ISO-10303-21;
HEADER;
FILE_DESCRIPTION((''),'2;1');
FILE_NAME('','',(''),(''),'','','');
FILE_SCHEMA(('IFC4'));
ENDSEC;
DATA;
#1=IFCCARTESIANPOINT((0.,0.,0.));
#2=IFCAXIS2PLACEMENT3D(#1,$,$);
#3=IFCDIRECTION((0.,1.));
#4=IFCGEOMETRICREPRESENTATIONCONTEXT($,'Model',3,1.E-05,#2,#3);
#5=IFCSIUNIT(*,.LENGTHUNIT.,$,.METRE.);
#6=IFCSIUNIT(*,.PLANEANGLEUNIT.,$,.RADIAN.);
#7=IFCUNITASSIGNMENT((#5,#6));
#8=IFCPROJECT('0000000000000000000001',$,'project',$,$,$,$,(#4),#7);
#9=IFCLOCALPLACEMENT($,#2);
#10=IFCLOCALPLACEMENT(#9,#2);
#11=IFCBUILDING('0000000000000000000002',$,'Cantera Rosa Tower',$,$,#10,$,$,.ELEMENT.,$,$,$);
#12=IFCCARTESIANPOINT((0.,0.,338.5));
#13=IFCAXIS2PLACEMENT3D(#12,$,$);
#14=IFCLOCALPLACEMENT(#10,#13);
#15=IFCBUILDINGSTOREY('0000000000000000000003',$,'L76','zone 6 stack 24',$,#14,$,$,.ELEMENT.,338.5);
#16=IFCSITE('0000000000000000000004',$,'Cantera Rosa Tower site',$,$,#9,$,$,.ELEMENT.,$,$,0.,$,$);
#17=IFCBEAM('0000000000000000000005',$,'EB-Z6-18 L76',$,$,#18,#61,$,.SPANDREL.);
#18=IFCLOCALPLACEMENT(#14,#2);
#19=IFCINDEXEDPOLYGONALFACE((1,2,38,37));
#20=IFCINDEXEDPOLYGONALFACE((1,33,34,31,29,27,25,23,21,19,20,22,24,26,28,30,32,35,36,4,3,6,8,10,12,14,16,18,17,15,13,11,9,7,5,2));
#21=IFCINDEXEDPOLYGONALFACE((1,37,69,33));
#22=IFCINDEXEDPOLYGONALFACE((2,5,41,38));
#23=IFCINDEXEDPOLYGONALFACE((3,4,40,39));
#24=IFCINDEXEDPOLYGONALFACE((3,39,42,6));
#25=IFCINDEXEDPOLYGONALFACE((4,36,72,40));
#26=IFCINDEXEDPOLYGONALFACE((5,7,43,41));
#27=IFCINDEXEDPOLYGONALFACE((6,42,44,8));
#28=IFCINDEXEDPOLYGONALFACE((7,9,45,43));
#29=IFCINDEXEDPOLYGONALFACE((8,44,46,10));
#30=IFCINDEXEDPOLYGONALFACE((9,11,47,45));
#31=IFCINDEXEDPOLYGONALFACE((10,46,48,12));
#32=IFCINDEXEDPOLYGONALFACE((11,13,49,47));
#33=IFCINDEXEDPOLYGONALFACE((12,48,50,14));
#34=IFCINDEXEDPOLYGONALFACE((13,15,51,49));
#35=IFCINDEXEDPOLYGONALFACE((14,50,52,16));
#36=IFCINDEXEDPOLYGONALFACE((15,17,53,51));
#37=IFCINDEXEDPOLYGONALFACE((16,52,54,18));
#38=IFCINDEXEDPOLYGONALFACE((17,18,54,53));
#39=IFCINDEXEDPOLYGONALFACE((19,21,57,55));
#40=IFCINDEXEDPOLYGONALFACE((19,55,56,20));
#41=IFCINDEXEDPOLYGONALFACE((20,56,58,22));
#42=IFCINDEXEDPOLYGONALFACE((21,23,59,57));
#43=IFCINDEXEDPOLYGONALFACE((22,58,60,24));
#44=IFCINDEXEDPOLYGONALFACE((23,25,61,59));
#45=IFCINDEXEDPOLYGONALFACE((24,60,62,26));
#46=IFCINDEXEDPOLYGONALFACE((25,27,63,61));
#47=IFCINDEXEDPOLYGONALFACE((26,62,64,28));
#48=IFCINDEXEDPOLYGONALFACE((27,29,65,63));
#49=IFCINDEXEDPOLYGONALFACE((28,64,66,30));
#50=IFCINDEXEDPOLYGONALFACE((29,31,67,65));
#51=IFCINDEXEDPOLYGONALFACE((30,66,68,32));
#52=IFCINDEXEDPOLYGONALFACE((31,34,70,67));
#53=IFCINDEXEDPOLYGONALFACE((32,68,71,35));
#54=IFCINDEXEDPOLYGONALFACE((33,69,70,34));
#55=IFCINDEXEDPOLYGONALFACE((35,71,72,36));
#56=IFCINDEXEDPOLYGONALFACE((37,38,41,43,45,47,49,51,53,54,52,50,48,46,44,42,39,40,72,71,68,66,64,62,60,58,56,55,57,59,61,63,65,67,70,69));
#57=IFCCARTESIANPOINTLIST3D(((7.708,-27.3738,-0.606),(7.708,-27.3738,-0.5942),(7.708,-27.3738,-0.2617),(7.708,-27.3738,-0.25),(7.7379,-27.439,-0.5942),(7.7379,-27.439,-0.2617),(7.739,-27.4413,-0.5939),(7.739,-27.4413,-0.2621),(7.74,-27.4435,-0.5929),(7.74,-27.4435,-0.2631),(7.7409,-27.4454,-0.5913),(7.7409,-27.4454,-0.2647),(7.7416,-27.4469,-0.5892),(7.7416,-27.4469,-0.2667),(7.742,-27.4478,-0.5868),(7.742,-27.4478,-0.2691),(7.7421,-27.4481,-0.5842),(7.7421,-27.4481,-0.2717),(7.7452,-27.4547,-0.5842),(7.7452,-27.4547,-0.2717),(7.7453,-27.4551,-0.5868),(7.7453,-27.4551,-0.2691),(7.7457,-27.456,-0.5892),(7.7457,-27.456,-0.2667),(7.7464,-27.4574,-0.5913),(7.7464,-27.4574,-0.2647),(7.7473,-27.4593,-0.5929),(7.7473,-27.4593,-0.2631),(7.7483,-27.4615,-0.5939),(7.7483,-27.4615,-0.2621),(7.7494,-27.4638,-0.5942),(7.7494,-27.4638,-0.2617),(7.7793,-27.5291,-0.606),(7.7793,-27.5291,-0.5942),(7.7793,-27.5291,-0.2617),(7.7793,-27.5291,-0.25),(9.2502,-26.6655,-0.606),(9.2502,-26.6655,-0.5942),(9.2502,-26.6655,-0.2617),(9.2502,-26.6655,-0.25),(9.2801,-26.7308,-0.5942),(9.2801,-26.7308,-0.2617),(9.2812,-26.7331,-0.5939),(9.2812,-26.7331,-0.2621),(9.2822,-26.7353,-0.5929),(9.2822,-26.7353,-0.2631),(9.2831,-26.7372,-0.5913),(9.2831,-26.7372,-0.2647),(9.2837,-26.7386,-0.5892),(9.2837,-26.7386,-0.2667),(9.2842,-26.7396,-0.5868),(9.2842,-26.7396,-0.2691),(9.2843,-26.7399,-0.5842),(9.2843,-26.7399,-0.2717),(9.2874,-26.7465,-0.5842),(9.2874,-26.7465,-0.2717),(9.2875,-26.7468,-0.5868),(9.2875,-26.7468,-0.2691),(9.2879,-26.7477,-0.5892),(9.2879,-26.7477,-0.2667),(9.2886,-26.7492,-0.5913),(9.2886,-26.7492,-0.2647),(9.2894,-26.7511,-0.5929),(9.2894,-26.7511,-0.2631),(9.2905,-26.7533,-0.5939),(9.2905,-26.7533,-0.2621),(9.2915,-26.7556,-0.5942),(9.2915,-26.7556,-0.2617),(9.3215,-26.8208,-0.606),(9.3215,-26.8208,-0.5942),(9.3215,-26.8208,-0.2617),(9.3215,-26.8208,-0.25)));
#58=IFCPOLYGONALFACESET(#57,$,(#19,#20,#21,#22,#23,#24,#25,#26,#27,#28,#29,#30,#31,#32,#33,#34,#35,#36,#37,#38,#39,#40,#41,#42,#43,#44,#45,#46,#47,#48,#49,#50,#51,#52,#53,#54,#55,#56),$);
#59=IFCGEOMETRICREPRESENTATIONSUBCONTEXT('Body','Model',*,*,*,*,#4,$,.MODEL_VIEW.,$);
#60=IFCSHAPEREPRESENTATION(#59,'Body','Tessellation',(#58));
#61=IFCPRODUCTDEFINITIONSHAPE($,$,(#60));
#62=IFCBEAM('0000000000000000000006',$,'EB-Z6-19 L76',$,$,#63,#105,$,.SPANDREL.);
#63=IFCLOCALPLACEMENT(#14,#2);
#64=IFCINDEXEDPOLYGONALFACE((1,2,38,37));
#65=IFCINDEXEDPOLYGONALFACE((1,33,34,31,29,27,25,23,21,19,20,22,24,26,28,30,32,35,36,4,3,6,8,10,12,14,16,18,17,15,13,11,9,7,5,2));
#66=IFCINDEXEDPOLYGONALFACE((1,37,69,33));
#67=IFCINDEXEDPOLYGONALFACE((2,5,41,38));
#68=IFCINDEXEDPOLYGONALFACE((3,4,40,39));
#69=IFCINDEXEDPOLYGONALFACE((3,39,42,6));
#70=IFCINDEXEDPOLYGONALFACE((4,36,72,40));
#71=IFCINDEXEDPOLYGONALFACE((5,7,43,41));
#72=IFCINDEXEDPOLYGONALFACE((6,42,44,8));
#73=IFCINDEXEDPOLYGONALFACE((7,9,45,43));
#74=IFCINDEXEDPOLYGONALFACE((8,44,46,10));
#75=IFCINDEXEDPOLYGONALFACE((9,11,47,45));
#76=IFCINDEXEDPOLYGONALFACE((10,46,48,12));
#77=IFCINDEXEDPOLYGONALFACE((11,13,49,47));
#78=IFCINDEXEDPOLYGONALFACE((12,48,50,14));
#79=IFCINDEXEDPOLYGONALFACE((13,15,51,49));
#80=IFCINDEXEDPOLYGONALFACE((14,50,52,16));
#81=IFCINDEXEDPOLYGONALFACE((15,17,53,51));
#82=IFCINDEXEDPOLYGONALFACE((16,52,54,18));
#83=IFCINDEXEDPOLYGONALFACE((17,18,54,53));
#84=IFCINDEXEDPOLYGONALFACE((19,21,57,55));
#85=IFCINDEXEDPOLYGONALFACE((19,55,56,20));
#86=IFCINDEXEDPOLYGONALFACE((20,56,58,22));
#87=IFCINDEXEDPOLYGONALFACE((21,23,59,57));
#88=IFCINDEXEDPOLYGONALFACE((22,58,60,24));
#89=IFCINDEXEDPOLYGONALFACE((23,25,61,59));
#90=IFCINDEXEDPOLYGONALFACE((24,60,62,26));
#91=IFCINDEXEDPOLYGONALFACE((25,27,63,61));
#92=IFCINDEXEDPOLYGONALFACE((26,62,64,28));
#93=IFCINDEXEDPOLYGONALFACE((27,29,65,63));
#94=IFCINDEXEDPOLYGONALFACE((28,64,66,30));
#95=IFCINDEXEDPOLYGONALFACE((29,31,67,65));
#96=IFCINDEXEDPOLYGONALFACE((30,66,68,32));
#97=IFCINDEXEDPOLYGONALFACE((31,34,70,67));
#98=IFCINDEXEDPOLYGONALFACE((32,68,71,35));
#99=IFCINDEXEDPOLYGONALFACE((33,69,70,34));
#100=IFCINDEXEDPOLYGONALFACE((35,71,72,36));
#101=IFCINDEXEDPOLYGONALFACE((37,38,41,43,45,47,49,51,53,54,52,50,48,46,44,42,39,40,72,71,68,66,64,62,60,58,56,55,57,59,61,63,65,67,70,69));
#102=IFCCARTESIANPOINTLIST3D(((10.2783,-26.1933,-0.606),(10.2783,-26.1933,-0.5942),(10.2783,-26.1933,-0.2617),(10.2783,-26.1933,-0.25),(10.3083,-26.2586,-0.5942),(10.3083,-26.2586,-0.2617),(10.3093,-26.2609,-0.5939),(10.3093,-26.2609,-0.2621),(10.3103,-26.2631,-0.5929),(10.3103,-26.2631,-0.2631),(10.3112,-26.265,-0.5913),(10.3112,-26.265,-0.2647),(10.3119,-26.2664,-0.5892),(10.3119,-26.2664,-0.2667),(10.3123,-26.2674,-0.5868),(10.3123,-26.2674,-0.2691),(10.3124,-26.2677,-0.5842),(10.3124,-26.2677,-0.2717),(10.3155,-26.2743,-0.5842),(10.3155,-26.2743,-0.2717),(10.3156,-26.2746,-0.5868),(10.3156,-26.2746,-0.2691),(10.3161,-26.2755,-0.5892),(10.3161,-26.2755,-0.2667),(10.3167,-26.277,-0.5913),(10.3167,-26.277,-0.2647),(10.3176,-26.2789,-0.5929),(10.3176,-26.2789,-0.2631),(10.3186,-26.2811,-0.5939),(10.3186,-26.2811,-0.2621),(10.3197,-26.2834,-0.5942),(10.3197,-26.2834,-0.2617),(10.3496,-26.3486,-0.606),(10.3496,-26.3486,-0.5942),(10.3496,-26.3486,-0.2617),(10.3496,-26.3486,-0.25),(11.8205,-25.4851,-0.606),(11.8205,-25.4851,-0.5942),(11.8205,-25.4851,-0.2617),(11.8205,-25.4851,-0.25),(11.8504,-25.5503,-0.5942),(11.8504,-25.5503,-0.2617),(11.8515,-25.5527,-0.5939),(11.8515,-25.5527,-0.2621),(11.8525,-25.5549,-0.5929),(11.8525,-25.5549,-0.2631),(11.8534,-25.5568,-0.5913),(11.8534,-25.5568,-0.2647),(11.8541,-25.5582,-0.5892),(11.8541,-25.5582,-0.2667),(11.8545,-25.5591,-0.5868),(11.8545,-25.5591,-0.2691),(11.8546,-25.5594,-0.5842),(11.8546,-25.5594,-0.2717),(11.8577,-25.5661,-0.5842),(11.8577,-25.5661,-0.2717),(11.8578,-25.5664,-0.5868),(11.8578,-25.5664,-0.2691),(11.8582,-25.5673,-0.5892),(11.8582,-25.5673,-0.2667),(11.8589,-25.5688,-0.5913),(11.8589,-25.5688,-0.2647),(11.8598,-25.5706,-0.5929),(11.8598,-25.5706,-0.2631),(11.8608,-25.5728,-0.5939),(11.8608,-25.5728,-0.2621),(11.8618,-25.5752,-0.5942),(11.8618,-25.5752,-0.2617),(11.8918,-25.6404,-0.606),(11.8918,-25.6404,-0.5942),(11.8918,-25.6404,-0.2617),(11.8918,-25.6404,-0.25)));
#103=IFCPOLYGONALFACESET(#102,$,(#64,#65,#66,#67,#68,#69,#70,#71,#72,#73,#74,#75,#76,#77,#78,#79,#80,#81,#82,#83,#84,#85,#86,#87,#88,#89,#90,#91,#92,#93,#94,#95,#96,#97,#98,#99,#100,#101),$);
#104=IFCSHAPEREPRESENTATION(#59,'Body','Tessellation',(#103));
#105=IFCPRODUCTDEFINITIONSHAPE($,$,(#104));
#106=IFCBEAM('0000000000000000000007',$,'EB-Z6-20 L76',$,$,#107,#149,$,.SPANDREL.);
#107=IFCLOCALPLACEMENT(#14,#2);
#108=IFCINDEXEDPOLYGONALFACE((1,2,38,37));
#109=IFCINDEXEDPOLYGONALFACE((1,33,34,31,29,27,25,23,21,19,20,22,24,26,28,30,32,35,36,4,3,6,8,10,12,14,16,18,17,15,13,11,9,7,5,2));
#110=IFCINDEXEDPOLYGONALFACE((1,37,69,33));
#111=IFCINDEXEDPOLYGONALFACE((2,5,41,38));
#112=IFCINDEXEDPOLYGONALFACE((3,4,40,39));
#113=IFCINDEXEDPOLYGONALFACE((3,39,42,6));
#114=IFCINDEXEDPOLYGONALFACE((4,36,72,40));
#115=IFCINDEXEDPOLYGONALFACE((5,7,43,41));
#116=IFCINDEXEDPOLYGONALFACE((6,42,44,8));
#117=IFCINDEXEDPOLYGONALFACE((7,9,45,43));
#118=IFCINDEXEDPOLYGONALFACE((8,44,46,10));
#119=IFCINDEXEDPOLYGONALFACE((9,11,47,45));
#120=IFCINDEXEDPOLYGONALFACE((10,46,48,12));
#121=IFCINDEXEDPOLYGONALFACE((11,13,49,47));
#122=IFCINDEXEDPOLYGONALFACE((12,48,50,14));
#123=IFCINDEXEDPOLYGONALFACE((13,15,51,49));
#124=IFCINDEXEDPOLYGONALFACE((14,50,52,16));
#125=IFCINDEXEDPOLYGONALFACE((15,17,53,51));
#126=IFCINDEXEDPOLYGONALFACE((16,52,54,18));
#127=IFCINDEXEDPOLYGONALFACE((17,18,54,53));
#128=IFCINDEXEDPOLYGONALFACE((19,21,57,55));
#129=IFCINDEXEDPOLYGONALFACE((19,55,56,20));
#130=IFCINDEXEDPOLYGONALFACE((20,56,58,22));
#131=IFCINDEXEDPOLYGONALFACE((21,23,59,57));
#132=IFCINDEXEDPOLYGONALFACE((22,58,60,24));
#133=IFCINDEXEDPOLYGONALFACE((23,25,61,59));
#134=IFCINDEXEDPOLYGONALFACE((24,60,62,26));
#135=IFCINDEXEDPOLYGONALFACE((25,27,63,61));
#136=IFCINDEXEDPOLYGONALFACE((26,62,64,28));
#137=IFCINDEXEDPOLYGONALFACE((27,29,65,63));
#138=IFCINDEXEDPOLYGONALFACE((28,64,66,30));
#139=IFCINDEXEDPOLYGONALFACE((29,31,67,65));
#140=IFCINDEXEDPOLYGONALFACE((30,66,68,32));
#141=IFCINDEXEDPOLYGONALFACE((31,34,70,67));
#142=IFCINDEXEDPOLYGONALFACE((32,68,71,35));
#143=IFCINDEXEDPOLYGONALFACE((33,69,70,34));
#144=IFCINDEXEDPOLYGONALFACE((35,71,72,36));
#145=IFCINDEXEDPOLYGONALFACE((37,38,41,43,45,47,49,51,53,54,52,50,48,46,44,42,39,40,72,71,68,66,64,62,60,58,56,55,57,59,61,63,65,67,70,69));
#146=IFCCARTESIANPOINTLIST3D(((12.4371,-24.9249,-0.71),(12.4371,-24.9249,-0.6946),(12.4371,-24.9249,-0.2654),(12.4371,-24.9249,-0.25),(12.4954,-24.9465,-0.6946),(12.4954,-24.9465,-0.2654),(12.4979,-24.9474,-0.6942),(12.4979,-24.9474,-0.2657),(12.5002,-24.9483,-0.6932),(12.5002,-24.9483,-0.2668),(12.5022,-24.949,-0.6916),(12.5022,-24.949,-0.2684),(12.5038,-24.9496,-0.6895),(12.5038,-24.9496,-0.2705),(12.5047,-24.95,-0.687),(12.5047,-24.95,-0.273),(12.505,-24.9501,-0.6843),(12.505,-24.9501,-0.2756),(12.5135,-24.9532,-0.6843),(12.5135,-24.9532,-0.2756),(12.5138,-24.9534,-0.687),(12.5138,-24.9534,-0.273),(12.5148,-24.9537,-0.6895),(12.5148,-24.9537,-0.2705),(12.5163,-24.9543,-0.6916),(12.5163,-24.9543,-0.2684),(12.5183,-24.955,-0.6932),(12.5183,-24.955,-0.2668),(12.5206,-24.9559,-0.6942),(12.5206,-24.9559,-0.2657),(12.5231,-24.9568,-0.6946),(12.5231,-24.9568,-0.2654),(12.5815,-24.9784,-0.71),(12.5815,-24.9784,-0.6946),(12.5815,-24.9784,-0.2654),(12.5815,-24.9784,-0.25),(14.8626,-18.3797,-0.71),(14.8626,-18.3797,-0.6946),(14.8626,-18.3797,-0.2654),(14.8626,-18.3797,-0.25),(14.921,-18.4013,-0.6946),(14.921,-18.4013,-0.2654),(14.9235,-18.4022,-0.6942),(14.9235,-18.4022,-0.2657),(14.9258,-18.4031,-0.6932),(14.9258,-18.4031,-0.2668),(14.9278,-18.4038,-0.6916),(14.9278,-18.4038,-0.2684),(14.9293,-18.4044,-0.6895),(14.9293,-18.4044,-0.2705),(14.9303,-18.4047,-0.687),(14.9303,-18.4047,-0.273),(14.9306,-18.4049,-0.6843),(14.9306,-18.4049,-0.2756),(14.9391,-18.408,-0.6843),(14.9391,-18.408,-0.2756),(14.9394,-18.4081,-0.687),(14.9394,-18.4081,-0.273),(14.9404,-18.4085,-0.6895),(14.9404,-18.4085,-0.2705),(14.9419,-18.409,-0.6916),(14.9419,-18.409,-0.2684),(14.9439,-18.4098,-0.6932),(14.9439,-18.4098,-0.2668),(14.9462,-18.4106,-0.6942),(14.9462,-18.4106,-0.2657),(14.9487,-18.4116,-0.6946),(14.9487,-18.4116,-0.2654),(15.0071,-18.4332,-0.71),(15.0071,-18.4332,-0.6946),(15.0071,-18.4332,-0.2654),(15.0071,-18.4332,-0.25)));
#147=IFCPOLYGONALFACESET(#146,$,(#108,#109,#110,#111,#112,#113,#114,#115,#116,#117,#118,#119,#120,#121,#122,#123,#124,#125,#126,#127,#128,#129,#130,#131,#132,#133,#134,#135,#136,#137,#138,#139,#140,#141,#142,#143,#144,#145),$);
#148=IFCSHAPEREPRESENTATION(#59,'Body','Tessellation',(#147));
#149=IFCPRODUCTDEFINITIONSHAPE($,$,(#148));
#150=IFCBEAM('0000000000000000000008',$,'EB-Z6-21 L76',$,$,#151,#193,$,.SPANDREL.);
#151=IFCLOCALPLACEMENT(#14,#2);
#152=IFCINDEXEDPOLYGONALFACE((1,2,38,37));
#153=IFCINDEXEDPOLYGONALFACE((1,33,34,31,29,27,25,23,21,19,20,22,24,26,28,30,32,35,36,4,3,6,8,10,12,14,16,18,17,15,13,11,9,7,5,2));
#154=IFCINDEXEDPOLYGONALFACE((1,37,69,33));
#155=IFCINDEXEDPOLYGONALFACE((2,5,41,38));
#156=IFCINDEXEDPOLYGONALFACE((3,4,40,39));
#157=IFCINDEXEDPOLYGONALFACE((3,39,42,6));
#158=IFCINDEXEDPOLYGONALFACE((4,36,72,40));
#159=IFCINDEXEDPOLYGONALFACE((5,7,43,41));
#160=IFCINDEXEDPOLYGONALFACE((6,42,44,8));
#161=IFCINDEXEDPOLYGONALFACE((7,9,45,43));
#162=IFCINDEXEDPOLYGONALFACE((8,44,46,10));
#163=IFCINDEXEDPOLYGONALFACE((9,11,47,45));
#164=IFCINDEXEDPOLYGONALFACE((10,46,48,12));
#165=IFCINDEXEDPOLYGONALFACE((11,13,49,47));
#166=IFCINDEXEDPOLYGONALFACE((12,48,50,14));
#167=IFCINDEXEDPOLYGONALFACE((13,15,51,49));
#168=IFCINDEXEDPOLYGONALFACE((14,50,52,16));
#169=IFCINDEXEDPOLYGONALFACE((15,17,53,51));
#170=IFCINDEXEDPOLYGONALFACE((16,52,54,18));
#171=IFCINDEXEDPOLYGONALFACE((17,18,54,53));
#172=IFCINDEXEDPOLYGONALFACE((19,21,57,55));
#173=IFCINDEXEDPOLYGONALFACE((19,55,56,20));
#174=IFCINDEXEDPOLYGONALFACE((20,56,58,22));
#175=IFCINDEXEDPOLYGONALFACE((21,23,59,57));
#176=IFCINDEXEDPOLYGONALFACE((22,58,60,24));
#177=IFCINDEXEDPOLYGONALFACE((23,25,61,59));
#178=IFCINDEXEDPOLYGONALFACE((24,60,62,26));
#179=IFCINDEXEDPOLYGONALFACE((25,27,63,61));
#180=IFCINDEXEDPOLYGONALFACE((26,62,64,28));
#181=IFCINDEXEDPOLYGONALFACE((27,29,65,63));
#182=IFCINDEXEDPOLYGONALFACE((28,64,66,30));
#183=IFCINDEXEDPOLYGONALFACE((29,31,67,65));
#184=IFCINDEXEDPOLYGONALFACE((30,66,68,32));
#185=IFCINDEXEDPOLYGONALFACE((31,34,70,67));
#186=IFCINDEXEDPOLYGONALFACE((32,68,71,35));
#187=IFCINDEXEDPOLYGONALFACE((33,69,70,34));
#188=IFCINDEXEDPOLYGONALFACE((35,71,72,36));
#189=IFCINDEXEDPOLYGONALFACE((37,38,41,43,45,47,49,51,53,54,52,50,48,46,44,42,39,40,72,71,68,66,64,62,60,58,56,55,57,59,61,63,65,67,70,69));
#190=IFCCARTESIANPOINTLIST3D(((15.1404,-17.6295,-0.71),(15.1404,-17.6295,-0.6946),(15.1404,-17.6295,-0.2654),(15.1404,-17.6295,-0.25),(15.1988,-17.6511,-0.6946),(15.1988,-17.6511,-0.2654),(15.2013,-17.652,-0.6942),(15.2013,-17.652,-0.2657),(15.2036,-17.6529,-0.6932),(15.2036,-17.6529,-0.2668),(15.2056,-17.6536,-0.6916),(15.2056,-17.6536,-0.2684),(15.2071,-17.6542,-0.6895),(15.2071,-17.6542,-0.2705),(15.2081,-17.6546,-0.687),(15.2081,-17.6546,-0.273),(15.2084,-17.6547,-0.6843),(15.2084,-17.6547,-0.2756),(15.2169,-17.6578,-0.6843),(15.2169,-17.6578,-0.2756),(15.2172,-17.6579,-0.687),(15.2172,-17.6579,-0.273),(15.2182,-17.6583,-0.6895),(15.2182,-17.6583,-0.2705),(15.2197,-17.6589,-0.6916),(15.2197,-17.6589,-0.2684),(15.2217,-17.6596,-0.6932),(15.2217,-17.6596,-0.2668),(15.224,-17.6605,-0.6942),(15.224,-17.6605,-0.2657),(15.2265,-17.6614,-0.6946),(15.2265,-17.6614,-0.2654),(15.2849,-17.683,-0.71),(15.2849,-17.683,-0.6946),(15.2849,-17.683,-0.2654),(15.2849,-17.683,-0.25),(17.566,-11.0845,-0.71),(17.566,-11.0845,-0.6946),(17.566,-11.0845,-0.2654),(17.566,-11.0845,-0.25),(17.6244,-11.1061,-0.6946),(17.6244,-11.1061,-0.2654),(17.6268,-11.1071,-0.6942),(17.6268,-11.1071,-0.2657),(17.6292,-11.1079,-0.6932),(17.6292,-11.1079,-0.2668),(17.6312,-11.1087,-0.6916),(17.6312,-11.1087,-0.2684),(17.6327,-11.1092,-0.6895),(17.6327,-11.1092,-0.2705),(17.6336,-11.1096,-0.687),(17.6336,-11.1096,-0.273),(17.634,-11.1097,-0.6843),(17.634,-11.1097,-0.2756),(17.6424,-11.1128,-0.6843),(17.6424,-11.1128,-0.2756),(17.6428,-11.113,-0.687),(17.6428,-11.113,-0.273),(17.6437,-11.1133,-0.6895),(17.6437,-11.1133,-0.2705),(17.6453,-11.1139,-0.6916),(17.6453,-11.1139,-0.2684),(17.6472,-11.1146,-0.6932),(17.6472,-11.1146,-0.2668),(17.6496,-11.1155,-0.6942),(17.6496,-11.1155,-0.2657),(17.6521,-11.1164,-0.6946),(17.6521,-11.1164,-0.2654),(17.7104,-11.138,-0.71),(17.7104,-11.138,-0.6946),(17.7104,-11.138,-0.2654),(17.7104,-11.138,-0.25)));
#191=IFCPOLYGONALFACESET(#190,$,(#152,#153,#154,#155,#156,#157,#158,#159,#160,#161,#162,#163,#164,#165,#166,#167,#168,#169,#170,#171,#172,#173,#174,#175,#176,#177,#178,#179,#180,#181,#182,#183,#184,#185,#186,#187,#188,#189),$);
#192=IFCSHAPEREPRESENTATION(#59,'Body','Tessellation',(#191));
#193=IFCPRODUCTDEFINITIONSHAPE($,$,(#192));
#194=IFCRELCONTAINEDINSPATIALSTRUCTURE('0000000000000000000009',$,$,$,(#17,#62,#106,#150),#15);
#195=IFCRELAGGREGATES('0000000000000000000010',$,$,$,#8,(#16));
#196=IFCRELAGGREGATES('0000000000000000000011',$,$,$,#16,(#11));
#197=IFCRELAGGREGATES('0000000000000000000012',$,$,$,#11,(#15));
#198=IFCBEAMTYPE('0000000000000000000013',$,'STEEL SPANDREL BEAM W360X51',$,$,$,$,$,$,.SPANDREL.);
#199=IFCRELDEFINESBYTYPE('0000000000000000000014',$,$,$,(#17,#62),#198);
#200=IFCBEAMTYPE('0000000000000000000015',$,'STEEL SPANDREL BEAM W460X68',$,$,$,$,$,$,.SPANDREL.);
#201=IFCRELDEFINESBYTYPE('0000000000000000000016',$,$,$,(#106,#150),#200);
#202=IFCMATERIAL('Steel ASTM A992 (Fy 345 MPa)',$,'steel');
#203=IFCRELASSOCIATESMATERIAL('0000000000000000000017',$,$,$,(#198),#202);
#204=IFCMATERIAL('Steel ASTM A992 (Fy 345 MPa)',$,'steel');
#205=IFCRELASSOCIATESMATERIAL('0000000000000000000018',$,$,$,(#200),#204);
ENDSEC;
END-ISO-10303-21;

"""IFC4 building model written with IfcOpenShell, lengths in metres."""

from ifc_helpers import new_model, si_unit, direction, frame, origin, origin_2d, place, context, subcontext, project, spatial, i_section, extrude, material, material_profile, profile_set, type_object, element, save


model = new_model("IFC4")

# Units and contexts
model_context = context("Model", 3, precision=1e-05, world=origin(), true_north=direction((0.0, 1.0)))
body_context = subcontext(model_context, "Body", "Model", "MODEL_VIEW")
ifc_project = project(units=[si_unit("LENGTHUNIT", "METRE"), si_unit("PLANEANGLEUNIT", "RADIAN")], contexts=[model_context])

# Site, building, storey
site_placement = place(None, origin())
site = spatial("IfcSite", under=ifc_project, at=site_placement, Name="Cantera Rosa Tower site", CompositionType="ELEMENT", RefElevation=0.0)
building_placement = place(site_placement, origin())
building = spatial("IfcBuilding", under=site, at=building_placement, Name="Cantera Rosa Tower", CompositionType="ELEMENT")
storey_placement = place(building_placement, frame((0.0, 0.0, 338.5)))
storey = spatial("IfcBuildingStorey", under=building, at=storey_placement, Name="L76", Description="zone 6 stack 24", CompositionType="ELEMENT", Elevation=338.5)

# Beams
ifc_material_1 = material(Name="Steel ASTM A992 (Fy 345 MPa)", Category="steel")
ifc_material_profile_1 = material_profile(ifc_material_1, i_section(OverallWidth=0.1709, OverallDepth=0.356, WebThickness=0.0073, FlangeThickness=0.0117, FilletRadius=0.01, at=origin_2d()), Name="W360X51")
ifc_profile_set_1 = profile_set([ifc_material_profile_1], Name="Steel ASTM A992 (Fy 345 MPa)")
beam_type_1 = type_object("IfcBeamType", Name="STEEL SPANDREL BEAM W360X51", PredefinedType="SPANDREL", material=ifc_profile_set_1)
for number, where, z_axis, x_axis, name in (
    (1, (7.7437, -27.4514, -0.428), (0.908754, 0.417333, 0.0), (-0.417333, 0.908754, 0.0), "EB-Z6-18 L76"),
    (2, (10.314, -26.271, -0.428), (0.908754, 0.417333, 0.0), (-0.417333, 0.908754, 0.0), "EB-Z6-19 L76"),
):
    element("IfcBeam", number, at=place(storey_placement, frame(where, z_axis=z_axis, x_axis=x_axis)), inside=storey, type_object=beam_type_1, Name=name, PredefinedType="SPANDREL", context=body_context, shape_type="SweptSolid", body=[
        extrude(i_section(OverallWidth=0.1709, OverallDepth=0.356, WebThickness=0.0073, FlangeThickness=0.0117, FilletRadius=0.01, at=origin_2d()), origin(), (0.0, 0.0, 1.0), 1.697),
    ])
ifc_material_2 = material(Name="Steel ASTM A992 (Fy 345 MPa)", Category="steel")
ifc_material_profile_2 = material_profile(ifc_material_2, i_section(OverallWidth=0.1541, OverallDepth=0.46, WebThickness=0.009, FlangeThickness=0.0154, FilletRadius=0.0103, at=origin_2d()), Name="W460X68")
ifc_profile_set_2 = profile_set([ifc_material_profile_2], Name="Steel ASTM A992 (Fy 345 MPa)")
beam_type_2 = type_object("IfcBeamType", Name="STEEL SPANDREL BEAM W460X68", PredefinedType="SPANDREL", material=ifc_profile_set_2)
beam_1_placement = place(storey_placement, frame((12.5093, -24.9517, -0.48), z_axis=(0.347491, 0.937683, 0.0), x_axis=(-0.937683, 0.347491, 0.0)))
element("IfcBeam", 3, at=beam_1_placement, inside=storey, type_object=beam_type_2, Name="EB-Z6-20 L76", PredefinedType="SPANDREL", context=body_context, shape_type="SweptSolid", body=[
    extrude(i_section(OverallWidth=0.1541, OverallDepth=0.46, WebThickness=0.009, FlangeThickness=0.0154, FilletRadius=0.0103, at=origin_2d()), origin(), (0.0, 0.0, 1.0), 6.9802),
])
beam_2_placement = place(storey_placement, frame((15.2126, -17.6562, -0.48), z_axis=(0.347502, 0.937679, 0.0), x_axis=(-0.937679, 0.347502, 0.0)))
element("IfcBeam", 4, at=beam_2_placement, inside=storey, type_object=beam_type_2, Name="EB-Z6-21 L76", PredefinedType="SPANDREL", context=body_context, shape_type="SweptSolid", body=[
    extrude(i_section(OverallWidth=0.1541, OverallDepth=0.46, WebThickness=0.009, FlangeThickness=0.0154, FilletRadius=0.0103, at=origin_2d()), origin(), (0.0, 0.0, 1.0), 6.98),
])

save(model, "model.ifc")
